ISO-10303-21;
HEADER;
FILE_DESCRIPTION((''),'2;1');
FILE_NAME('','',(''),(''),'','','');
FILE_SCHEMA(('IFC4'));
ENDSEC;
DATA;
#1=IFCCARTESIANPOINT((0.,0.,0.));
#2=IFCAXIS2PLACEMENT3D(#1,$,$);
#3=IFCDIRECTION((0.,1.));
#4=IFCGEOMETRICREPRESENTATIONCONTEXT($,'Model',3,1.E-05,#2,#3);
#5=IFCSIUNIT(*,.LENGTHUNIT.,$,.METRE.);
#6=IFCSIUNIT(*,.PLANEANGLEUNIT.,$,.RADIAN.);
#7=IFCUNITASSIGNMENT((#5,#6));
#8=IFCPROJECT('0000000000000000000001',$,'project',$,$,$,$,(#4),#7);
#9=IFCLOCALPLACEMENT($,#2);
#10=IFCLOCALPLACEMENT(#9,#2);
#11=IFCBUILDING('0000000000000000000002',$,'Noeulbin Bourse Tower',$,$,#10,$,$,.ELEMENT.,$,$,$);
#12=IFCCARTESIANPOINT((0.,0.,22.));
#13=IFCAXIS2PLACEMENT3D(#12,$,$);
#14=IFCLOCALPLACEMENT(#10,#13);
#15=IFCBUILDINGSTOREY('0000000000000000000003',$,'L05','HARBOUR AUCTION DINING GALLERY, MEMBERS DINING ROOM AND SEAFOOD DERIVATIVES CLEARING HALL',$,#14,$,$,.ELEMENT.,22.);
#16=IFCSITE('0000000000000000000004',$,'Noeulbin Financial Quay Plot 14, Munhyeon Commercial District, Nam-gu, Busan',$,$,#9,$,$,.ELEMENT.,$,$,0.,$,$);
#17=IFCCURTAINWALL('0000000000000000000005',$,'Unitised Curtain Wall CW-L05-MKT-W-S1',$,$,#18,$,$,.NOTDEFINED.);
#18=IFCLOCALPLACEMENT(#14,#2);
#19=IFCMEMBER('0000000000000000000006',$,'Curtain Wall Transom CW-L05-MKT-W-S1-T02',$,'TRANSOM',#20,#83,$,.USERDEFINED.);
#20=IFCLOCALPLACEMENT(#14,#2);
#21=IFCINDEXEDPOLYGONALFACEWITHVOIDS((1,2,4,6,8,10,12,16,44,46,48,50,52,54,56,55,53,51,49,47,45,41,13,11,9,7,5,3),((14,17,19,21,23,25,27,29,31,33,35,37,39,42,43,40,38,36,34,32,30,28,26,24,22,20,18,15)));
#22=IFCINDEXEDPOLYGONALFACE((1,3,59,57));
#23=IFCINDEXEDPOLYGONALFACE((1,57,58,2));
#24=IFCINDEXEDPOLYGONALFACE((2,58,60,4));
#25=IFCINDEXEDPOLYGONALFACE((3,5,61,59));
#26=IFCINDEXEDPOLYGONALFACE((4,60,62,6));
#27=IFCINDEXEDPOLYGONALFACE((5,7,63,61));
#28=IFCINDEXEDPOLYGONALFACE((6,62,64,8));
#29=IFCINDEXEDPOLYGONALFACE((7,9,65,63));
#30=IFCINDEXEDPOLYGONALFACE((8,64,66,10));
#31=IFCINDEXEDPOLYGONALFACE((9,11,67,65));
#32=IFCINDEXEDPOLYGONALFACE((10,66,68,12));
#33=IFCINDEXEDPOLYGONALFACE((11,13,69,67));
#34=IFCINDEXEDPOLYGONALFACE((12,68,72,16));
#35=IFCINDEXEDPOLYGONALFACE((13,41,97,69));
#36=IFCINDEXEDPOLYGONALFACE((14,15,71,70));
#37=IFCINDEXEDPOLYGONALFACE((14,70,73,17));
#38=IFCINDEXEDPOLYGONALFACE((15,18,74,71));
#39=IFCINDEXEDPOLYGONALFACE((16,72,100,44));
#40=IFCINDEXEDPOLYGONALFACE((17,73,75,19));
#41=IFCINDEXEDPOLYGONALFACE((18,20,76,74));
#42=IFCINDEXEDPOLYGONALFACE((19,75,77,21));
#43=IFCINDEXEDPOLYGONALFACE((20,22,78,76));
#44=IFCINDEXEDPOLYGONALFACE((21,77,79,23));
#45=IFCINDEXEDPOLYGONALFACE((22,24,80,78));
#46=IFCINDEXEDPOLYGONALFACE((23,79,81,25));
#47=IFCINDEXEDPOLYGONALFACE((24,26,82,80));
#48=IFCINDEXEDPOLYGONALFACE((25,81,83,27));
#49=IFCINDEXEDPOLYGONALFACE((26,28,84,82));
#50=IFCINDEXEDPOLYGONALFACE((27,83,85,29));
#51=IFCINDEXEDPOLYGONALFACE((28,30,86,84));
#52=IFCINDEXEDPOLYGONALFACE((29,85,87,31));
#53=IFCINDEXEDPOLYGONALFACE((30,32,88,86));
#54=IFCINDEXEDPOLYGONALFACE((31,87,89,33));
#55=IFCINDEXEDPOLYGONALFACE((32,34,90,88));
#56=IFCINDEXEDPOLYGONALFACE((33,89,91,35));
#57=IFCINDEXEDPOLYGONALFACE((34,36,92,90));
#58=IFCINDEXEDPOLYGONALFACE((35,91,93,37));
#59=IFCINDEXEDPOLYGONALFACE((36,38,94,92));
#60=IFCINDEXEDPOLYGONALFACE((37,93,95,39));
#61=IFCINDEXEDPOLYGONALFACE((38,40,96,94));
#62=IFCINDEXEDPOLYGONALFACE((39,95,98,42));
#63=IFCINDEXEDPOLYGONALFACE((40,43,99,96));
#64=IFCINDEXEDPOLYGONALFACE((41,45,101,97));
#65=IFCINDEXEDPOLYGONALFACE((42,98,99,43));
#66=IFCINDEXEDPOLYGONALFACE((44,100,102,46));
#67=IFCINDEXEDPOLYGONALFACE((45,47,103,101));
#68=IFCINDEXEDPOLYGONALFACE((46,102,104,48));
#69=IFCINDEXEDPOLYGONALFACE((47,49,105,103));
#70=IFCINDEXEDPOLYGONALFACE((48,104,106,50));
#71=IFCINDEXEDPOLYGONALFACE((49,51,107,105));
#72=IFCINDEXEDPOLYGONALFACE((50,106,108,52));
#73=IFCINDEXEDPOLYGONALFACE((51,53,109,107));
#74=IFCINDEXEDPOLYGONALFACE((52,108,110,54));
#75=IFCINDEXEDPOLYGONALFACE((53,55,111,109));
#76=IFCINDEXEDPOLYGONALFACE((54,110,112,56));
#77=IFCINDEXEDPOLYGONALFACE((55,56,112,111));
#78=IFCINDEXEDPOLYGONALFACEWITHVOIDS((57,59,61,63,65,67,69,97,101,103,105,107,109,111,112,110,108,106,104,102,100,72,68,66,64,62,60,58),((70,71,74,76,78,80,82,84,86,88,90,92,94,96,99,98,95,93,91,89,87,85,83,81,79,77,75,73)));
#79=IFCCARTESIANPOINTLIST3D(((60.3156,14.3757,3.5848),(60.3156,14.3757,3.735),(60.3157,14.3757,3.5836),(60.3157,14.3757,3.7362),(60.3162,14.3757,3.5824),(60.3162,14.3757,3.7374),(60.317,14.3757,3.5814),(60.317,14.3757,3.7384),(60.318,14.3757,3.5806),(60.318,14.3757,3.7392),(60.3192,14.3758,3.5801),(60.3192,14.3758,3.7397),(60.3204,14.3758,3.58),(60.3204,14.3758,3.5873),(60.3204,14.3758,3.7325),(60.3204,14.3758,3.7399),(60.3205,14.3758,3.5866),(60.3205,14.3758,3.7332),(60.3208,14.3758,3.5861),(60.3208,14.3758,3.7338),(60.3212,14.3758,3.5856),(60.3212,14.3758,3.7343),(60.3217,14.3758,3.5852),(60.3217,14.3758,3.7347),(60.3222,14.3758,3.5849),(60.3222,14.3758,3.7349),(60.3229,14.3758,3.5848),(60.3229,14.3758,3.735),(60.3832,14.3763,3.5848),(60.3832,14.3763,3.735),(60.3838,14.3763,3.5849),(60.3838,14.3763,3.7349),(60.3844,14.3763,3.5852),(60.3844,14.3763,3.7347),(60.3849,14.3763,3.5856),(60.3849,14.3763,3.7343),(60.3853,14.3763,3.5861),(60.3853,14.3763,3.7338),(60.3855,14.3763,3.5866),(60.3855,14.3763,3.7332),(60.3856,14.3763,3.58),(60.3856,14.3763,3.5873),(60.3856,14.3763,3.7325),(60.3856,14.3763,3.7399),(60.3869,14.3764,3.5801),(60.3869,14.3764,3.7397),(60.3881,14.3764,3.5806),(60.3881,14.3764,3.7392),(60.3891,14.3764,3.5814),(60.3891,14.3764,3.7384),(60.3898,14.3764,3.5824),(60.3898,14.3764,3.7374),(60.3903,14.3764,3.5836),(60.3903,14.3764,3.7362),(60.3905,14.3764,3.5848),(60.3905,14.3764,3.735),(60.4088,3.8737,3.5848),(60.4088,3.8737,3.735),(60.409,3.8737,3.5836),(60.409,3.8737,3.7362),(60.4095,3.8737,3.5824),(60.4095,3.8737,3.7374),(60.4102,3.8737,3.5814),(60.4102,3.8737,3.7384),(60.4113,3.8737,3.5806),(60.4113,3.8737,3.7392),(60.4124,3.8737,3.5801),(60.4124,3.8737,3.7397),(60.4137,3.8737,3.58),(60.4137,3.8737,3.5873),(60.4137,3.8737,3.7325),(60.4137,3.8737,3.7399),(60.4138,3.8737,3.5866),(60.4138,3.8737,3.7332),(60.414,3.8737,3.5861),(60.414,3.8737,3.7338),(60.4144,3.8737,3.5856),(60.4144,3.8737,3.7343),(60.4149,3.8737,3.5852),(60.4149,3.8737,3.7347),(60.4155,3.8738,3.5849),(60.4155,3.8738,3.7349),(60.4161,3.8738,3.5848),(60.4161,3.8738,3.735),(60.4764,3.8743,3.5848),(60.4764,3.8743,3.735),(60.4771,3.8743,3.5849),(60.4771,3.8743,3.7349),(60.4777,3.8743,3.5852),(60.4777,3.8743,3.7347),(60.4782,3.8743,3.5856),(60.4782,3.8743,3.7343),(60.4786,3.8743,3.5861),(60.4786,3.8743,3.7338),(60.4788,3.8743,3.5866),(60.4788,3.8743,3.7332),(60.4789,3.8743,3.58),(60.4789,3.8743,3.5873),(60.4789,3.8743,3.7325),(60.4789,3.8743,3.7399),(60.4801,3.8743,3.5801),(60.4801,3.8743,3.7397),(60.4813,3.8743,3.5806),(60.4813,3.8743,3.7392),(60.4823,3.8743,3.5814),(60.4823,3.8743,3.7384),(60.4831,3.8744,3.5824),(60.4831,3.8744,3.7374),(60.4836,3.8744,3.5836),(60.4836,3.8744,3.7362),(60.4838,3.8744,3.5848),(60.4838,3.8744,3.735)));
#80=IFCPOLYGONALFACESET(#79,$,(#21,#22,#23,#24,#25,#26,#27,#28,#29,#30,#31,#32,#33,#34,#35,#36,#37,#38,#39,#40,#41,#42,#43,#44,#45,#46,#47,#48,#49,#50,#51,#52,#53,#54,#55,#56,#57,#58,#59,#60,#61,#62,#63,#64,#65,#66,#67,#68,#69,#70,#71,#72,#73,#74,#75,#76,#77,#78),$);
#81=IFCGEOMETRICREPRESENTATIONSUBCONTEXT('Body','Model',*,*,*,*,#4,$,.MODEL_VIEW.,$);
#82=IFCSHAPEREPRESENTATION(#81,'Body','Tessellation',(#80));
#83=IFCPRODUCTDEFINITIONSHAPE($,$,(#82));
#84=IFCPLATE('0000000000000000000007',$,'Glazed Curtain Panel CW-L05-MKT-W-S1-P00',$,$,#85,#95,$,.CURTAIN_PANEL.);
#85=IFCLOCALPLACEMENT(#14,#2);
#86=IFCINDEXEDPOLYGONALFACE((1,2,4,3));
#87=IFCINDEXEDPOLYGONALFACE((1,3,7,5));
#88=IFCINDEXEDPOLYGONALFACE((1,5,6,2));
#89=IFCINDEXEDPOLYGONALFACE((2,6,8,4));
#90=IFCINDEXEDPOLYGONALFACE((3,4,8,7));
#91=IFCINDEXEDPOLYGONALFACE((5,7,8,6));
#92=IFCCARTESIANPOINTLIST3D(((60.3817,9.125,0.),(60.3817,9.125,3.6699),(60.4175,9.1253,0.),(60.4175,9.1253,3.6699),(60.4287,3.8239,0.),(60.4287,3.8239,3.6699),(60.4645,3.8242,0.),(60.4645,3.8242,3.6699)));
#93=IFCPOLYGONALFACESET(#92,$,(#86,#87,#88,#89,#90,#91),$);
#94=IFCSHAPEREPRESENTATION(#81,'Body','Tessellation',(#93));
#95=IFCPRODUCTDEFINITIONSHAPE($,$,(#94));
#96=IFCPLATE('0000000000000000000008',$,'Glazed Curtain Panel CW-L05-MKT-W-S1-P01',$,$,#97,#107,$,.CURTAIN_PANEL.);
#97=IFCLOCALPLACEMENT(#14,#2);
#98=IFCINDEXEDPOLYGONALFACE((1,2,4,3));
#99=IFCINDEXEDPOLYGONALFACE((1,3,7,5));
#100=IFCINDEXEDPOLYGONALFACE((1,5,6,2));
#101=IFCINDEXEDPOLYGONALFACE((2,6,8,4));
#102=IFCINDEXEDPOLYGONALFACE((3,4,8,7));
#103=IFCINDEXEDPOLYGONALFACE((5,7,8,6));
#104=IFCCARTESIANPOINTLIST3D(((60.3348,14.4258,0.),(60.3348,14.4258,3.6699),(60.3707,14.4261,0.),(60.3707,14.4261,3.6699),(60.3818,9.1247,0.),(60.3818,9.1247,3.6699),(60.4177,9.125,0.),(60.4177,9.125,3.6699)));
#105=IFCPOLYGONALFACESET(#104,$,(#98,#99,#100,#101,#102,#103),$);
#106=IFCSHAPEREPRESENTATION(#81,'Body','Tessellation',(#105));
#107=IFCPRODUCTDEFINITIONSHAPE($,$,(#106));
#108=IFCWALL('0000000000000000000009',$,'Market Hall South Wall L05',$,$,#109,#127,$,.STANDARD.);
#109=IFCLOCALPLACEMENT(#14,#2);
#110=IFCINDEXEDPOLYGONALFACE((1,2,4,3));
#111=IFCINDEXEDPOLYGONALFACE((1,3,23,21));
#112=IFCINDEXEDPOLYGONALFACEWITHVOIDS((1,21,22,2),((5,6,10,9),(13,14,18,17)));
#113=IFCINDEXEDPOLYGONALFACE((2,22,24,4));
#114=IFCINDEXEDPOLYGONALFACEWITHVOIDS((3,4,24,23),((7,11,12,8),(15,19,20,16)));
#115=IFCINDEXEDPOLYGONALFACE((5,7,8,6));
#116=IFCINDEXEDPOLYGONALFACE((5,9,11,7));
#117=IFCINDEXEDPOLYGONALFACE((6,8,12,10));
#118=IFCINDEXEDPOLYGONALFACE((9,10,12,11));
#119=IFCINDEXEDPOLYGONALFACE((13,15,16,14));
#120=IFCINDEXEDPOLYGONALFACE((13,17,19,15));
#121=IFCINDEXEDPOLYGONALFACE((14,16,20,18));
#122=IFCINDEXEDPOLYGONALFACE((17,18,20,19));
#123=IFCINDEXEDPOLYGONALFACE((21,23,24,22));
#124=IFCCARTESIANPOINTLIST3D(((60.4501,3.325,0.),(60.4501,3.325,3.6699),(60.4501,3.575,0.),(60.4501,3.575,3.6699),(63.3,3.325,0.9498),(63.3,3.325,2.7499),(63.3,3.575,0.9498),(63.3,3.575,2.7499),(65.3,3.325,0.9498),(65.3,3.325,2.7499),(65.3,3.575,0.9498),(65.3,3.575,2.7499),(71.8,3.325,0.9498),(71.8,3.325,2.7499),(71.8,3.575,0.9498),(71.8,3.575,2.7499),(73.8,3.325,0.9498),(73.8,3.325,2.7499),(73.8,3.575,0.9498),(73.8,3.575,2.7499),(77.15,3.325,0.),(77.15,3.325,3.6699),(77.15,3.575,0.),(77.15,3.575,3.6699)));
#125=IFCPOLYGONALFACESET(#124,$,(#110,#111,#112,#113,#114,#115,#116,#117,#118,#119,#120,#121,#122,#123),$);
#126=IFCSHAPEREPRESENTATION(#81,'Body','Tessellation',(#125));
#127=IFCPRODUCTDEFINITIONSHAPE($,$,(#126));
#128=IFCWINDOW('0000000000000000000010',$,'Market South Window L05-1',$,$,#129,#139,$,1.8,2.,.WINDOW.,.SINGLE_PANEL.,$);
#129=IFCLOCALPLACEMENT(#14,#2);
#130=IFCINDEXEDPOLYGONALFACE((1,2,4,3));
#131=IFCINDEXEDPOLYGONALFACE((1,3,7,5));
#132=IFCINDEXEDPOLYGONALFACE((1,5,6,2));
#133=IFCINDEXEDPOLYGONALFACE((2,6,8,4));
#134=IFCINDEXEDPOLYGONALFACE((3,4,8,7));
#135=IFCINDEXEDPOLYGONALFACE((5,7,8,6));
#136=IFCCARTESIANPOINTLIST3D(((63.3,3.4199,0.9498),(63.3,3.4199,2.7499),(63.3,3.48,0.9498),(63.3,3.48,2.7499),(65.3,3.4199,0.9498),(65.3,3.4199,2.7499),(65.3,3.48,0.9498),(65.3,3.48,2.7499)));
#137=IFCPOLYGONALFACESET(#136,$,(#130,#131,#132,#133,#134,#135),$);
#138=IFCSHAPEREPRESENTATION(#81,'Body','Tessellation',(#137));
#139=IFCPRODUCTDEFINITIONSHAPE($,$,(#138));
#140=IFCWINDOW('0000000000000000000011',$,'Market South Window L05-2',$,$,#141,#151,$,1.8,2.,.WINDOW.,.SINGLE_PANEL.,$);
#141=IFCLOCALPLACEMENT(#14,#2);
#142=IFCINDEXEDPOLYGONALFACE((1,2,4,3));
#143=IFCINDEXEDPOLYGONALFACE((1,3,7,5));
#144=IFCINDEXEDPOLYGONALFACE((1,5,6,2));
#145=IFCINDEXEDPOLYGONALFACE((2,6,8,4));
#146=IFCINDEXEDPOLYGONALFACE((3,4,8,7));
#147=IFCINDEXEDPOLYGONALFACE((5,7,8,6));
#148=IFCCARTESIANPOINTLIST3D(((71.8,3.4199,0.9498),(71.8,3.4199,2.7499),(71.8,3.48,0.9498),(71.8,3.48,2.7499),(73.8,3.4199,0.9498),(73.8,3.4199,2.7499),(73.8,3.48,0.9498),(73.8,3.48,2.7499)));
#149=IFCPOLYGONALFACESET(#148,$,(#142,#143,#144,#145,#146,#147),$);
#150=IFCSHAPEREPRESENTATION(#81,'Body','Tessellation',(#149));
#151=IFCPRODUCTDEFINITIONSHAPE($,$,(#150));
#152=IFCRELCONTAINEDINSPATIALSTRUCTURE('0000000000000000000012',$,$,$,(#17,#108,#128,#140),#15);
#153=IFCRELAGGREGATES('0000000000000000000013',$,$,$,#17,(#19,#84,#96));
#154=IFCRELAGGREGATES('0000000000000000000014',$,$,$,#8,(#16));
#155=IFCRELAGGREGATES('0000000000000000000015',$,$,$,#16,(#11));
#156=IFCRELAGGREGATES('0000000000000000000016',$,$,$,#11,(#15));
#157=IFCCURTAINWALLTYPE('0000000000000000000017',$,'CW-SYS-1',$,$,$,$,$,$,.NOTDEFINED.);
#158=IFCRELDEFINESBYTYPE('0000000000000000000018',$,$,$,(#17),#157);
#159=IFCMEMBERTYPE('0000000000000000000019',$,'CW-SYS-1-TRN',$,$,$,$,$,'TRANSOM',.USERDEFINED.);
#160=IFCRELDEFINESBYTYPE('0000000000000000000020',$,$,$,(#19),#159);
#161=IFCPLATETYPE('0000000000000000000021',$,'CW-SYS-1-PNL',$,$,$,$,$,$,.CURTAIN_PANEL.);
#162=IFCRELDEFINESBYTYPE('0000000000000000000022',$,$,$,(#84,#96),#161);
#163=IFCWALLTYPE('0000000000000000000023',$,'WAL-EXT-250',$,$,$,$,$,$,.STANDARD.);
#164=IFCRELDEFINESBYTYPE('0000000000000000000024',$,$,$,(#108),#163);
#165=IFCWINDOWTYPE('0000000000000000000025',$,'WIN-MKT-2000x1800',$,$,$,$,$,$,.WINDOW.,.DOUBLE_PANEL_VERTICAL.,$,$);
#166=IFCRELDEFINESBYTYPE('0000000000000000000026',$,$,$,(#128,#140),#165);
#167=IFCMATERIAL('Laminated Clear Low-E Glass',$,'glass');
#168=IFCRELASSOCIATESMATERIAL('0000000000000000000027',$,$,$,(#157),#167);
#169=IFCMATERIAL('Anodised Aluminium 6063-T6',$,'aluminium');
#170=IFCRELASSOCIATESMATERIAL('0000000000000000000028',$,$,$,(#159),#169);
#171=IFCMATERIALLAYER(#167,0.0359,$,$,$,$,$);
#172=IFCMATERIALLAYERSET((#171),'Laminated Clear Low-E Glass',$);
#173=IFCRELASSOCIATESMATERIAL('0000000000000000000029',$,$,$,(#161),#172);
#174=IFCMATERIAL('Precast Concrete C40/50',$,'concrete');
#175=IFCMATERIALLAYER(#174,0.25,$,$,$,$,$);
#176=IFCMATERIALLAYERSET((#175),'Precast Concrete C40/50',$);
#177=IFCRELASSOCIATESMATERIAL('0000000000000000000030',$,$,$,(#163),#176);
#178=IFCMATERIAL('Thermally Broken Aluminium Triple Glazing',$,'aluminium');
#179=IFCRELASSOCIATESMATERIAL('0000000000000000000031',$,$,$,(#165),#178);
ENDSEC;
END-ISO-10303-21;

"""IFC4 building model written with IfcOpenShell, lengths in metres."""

from ifc_helpers import new_model, si_unit, direction, frame, frame_2d, origin, origin_2d, place, context, subcontext, project, spatial, rectangle, hollow_rectangle, extrude, material, layer, layer_set, material_profile, profile_set, type_object, element, fill, aggregate, save


model = new_model("IFC4")

# Units and contexts
model_context = context("Model", 3, precision=1e-05, world=origin(), true_north=direction((0.0, 1.0)))
body_context = subcontext(model_context, "Body", "Model", "MODEL_VIEW")
ifc_project = project(units=[si_unit("LENGTHUNIT", "METRE"), si_unit("PLANEANGLEUNIT", "RADIAN")], contexts=[model_context])

# Site, building, storey
site_placement = place(None, origin())
site = spatial("IfcSite", under=ifc_project, at=site_placement, Name="Noeulbin Financial Quay Plot 14, Munhyeon Commercial District, Nam-gu, Busan", CompositionType="ELEMENT", RefElevation=0.0)
building_placement = place(site_placement, origin())
building = spatial("IfcBuilding", under=site, at=building_placement, Name="Noeulbin Bourse Tower", CompositionType="ELEMENT")
storey_placement = place(building_placement, frame((0.0, 0.0, 22.0)))
storey = spatial("IfcBuildingStorey", under=building, at=storey_placement, Name="L05", Description="HARBOUR AUCTION DINING GALLERY, MEMBERS DINING ROOM AND SEAFOOD DERIVATIVES CLEARING HALL", CompositionType="ELEMENT", Elevation=22.0)

# Curtain wall
ifc_material_1 = material(Name="Laminated Clear Low-E Glass", Category="glass")
curtain_wall_type = type_object("IfcCurtainWallType", Name="CW-SYS-1", PredefinedType="NOTDEFINED", material=ifc_material_1)
curtain_wall_1_placement = place(storey_placement, origin())
curtain_wall_1 = element("IfcCurtainWall", 1, at=curtain_wall_1_placement, inside=storey, type_object=curtain_wall_type, Name="Unitised Curtain Wall CW-L05-MKT-W-S1", PredefinedType="NOTDEFINED")
ifc_material_2 = material(Name="Anodised Aluminium 6063-T6", Category="aluminium")

# Member
ifc_material_profile_1 = material_profile(ifc_material_2, hollow_rectangle(XDim=0.075, YDim=0.1599, WallThickness=0.0049, InnerFilletRadius=0.0024, OuterFilletRadius=0.0049, at=origin_2d()), Name="ALU-TRAN-75x160x5", Category="LoadBearing")
ifc_profile_set_1 = profile_set([ifc_material_profile_1], Name="Anodised Aluminium 6063-T6")
member_type_1 = type_object("IfcMemberType", Name="CW-SYS-1-TRN", ElementType="TRANSOM", PredefinedType="USERDEFINED", material=ifc_profile_set_1)
member_1_placement = place(storey_placement, frame((60.4463, 3.874, 3.6599), z_axis=(-0.00888, 0.999961, 0.0), x_axis=(-0.999961, -0.00888, 0.0)))
member_1 = element("IfcMember", 2, at=member_1_placement, type_object=member_type_1, Name="Curtain Wall Transom CW-L05-MKT-W-S1-T02", ObjectType="TRANSOM", PredefinedType="USERDEFINED", context=body_context, shape_type="SweptSolid", body=[
    extrude(hollow_rectangle(XDim=0.075, YDim=0.1599, WallThickness=0.0049, InnerFilletRadius=0.0024, OuterFilletRadius=0.0049, at=origin_2d()), origin(), (0.0, 0.0, 1.0), 10.5024),
])

# Plates
ifc_layer_1 = layer(ifc_material_1, 0.0359)
ifc_layer_set_1 = layer_set([ifc_layer_1], Name="Laminated Clear Low-E Glass")
plate_type = type_object("IfcPlateType", Name="CW-SYS-1-PNL", PredefinedType="CURTAIN_PANEL", material=ifc_layer_set_1)
plate_1_placement = place(storey_placement, frame((60.4231, 6.4746, 0.0), z_axis=(0.0, 0.0, 1.0), x_axis=(-0.008866, 0.999961, 0.0)))
plate_1 = element("IfcPlate", 3, at=plate_1_placement, type_object=plate_type, Name="Glazed Curtain Panel CW-L05-MKT-W-S1-P00", PredefinedType="CURTAIN_PANEL", context=body_context, shape_type="SweptSolid", body=[
    extrude(rectangle(XDim=5.3013, YDim=0.0359, at=origin_2d()), origin(), (0.0, 0.0, 1.0), 3.6699),
])
plate_2_placement = place(storey_placement, frame((60.3762, 11.7754, 0.0), z_axis=(0.0, 0.0, 1.0), x_axis=(-0.008866, 0.999961, 0.0)))
plate_2 = element("IfcPlate", 4, at=plate_2_placement, type_object=plate_type, Name="Glazed Curtain Panel CW-L05-MKT-W-S1-P01", PredefinedType="CURTAIN_PANEL", context=body_context, shape_type="SweptSolid", body=[
    extrude(rectangle(XDim=5.3013, YDim=0.0359, at=origin_2d()), origin(), (0.0, 0.0, 1.0), 3.6699),
])
aggregate(curtain_wall_1, [member_1, plate_1, plate_2])

# Wall, openings, windows
ifc_material_3 = material(Name="Precast Concrete C40/50", Category="concrete")
ifc_layer_2 = layer(ifc_material_3, 0.25)
ifc_layer_set_2 = layer_set([ifc_layer_2], Name="Precast Concrete C40/50")
wall_type = type_object("IfcWallType", Name="WAL-EXT-250", PredefinedType="STANDARD", material=ifc_layer_set_2)
wall_placement = place(storey_placement, frame((60.45, 3.45, 0.0), z_axis=(0.0, 0.0, 1.0), x_axis=(1.0, 0.0, 0.0)))
wall = element("IfcWall", 5, at=wall_placement, inside=storey, type_object=wall_type, Name="Market Hall South Wall L05", PredefinedType="STANDARD", context=body_context, shape_type="SweptSolid", body=[
    extrude(rectangle(XDim=16.7, YDim=0.25, at=frame_2d((8.3501, 0.0))), origin(), (0.0, 0.0, 1.0), 3.6699),
])
opening_1_placement = place(wall_placement, frame((2.8501, 0.0, 0.95)))
opening_1 = element("IfcOpeningElement", 6, at=opening_1_placement, cuts=wall, PredefinedType="OPENING", context=body_context, shape_type="SweptSolid", body=[
    extrude(rectangle(XDim=2.0, YDim=1.8, at=frame_2d((1.0, 0.8999))), frame((0.0, 0.135, 0.0), z_axis=(0.0, -1.0, 0.0), x_axis=(1.0, 0.0, 0.0)), (0.0, 0.0, 1.0), 0.27),
])
opening_2_placement = place(wall_placement, frame((11.3501, 0.0, 0.95)))
opening_2 = element("IfcOpeningElement", 7, at=opening_2_placement, cuts=wall, PredefinedType="OPENING", context=body_context, shape_type="SweptSolid", body=[
    extrude(rectangle(XDim=2.0, YDim=1.8, at=frame_2d((1.0, 0.8999))), frame((0.0, 0.135, 0.0), z_axis=(0.0, -1.0, 0.0), x_axis=(1.0, 0.0, 0.0)), (0.0, 0.0, 1.0), 0.27),
])
ifc_material_4 = material(Name="Thermally Broken Aluminium Triple Glazing", Category="aluminium")
window_type = type_object("IfcWindowType", Name="WIN-MKT-2000x1800", PartitioningType="DOUBLE_PANEL_VERTICAL", PredefinedType="WINDOW", material=ifc_material_4)
window_1_placement = place(opening_1_placement, origin())
window_1 = element("IfcWindow", 8, at=window_1_placement, inside=storey, type_object=window_type, Name="Market South Window L05-1", OverallHeight=1.8, OverallWidth=2.0, PartitioningType="SINGLE_PANEL", PredefinedType="WINDOW", context=body_context, shape_type="SweptSolid", body=[
    extrude(rectangle(XDim=2.0, YDim=1.8, at=frame_2d((1.0, 0.8999))), frame((0.0, 0.03, 0.0), z_axis=(0.0, -1.0, 0.0), x_axis=(1.0, 0.0, 0.0)), (0.0, 0.0, 1.0), 0.0601),
])
fill(opening_1, window_1)
window_2_placement = place(opening_2_placement, origin())
window_2 = element("IfcWindow", 9, at=window_2_placement, inside=storey, type_object=window_type, Name="Market South Window L05-2", OverallHeight=1.8, OverallWidth=2.0, PartitioningType="SINGLE_PANEL", PredefinedType="WINDOW", context=body_context, shape_type="SweptSolid", body=[
    extrude(rectangle(XDim=2.0, YDim=1.8, at=frame_2d((1.0, 0.8999))), frame((0.0, 0.03, 0.0), z_axis=(0.0, -1.0, 0.0), x_axis=(1.0, 0.0, 0.0)), (0.0, 0.0, 1.0), 0.0601),
])
fill(opening_2, window_2)

save(model, "model.ifc")
